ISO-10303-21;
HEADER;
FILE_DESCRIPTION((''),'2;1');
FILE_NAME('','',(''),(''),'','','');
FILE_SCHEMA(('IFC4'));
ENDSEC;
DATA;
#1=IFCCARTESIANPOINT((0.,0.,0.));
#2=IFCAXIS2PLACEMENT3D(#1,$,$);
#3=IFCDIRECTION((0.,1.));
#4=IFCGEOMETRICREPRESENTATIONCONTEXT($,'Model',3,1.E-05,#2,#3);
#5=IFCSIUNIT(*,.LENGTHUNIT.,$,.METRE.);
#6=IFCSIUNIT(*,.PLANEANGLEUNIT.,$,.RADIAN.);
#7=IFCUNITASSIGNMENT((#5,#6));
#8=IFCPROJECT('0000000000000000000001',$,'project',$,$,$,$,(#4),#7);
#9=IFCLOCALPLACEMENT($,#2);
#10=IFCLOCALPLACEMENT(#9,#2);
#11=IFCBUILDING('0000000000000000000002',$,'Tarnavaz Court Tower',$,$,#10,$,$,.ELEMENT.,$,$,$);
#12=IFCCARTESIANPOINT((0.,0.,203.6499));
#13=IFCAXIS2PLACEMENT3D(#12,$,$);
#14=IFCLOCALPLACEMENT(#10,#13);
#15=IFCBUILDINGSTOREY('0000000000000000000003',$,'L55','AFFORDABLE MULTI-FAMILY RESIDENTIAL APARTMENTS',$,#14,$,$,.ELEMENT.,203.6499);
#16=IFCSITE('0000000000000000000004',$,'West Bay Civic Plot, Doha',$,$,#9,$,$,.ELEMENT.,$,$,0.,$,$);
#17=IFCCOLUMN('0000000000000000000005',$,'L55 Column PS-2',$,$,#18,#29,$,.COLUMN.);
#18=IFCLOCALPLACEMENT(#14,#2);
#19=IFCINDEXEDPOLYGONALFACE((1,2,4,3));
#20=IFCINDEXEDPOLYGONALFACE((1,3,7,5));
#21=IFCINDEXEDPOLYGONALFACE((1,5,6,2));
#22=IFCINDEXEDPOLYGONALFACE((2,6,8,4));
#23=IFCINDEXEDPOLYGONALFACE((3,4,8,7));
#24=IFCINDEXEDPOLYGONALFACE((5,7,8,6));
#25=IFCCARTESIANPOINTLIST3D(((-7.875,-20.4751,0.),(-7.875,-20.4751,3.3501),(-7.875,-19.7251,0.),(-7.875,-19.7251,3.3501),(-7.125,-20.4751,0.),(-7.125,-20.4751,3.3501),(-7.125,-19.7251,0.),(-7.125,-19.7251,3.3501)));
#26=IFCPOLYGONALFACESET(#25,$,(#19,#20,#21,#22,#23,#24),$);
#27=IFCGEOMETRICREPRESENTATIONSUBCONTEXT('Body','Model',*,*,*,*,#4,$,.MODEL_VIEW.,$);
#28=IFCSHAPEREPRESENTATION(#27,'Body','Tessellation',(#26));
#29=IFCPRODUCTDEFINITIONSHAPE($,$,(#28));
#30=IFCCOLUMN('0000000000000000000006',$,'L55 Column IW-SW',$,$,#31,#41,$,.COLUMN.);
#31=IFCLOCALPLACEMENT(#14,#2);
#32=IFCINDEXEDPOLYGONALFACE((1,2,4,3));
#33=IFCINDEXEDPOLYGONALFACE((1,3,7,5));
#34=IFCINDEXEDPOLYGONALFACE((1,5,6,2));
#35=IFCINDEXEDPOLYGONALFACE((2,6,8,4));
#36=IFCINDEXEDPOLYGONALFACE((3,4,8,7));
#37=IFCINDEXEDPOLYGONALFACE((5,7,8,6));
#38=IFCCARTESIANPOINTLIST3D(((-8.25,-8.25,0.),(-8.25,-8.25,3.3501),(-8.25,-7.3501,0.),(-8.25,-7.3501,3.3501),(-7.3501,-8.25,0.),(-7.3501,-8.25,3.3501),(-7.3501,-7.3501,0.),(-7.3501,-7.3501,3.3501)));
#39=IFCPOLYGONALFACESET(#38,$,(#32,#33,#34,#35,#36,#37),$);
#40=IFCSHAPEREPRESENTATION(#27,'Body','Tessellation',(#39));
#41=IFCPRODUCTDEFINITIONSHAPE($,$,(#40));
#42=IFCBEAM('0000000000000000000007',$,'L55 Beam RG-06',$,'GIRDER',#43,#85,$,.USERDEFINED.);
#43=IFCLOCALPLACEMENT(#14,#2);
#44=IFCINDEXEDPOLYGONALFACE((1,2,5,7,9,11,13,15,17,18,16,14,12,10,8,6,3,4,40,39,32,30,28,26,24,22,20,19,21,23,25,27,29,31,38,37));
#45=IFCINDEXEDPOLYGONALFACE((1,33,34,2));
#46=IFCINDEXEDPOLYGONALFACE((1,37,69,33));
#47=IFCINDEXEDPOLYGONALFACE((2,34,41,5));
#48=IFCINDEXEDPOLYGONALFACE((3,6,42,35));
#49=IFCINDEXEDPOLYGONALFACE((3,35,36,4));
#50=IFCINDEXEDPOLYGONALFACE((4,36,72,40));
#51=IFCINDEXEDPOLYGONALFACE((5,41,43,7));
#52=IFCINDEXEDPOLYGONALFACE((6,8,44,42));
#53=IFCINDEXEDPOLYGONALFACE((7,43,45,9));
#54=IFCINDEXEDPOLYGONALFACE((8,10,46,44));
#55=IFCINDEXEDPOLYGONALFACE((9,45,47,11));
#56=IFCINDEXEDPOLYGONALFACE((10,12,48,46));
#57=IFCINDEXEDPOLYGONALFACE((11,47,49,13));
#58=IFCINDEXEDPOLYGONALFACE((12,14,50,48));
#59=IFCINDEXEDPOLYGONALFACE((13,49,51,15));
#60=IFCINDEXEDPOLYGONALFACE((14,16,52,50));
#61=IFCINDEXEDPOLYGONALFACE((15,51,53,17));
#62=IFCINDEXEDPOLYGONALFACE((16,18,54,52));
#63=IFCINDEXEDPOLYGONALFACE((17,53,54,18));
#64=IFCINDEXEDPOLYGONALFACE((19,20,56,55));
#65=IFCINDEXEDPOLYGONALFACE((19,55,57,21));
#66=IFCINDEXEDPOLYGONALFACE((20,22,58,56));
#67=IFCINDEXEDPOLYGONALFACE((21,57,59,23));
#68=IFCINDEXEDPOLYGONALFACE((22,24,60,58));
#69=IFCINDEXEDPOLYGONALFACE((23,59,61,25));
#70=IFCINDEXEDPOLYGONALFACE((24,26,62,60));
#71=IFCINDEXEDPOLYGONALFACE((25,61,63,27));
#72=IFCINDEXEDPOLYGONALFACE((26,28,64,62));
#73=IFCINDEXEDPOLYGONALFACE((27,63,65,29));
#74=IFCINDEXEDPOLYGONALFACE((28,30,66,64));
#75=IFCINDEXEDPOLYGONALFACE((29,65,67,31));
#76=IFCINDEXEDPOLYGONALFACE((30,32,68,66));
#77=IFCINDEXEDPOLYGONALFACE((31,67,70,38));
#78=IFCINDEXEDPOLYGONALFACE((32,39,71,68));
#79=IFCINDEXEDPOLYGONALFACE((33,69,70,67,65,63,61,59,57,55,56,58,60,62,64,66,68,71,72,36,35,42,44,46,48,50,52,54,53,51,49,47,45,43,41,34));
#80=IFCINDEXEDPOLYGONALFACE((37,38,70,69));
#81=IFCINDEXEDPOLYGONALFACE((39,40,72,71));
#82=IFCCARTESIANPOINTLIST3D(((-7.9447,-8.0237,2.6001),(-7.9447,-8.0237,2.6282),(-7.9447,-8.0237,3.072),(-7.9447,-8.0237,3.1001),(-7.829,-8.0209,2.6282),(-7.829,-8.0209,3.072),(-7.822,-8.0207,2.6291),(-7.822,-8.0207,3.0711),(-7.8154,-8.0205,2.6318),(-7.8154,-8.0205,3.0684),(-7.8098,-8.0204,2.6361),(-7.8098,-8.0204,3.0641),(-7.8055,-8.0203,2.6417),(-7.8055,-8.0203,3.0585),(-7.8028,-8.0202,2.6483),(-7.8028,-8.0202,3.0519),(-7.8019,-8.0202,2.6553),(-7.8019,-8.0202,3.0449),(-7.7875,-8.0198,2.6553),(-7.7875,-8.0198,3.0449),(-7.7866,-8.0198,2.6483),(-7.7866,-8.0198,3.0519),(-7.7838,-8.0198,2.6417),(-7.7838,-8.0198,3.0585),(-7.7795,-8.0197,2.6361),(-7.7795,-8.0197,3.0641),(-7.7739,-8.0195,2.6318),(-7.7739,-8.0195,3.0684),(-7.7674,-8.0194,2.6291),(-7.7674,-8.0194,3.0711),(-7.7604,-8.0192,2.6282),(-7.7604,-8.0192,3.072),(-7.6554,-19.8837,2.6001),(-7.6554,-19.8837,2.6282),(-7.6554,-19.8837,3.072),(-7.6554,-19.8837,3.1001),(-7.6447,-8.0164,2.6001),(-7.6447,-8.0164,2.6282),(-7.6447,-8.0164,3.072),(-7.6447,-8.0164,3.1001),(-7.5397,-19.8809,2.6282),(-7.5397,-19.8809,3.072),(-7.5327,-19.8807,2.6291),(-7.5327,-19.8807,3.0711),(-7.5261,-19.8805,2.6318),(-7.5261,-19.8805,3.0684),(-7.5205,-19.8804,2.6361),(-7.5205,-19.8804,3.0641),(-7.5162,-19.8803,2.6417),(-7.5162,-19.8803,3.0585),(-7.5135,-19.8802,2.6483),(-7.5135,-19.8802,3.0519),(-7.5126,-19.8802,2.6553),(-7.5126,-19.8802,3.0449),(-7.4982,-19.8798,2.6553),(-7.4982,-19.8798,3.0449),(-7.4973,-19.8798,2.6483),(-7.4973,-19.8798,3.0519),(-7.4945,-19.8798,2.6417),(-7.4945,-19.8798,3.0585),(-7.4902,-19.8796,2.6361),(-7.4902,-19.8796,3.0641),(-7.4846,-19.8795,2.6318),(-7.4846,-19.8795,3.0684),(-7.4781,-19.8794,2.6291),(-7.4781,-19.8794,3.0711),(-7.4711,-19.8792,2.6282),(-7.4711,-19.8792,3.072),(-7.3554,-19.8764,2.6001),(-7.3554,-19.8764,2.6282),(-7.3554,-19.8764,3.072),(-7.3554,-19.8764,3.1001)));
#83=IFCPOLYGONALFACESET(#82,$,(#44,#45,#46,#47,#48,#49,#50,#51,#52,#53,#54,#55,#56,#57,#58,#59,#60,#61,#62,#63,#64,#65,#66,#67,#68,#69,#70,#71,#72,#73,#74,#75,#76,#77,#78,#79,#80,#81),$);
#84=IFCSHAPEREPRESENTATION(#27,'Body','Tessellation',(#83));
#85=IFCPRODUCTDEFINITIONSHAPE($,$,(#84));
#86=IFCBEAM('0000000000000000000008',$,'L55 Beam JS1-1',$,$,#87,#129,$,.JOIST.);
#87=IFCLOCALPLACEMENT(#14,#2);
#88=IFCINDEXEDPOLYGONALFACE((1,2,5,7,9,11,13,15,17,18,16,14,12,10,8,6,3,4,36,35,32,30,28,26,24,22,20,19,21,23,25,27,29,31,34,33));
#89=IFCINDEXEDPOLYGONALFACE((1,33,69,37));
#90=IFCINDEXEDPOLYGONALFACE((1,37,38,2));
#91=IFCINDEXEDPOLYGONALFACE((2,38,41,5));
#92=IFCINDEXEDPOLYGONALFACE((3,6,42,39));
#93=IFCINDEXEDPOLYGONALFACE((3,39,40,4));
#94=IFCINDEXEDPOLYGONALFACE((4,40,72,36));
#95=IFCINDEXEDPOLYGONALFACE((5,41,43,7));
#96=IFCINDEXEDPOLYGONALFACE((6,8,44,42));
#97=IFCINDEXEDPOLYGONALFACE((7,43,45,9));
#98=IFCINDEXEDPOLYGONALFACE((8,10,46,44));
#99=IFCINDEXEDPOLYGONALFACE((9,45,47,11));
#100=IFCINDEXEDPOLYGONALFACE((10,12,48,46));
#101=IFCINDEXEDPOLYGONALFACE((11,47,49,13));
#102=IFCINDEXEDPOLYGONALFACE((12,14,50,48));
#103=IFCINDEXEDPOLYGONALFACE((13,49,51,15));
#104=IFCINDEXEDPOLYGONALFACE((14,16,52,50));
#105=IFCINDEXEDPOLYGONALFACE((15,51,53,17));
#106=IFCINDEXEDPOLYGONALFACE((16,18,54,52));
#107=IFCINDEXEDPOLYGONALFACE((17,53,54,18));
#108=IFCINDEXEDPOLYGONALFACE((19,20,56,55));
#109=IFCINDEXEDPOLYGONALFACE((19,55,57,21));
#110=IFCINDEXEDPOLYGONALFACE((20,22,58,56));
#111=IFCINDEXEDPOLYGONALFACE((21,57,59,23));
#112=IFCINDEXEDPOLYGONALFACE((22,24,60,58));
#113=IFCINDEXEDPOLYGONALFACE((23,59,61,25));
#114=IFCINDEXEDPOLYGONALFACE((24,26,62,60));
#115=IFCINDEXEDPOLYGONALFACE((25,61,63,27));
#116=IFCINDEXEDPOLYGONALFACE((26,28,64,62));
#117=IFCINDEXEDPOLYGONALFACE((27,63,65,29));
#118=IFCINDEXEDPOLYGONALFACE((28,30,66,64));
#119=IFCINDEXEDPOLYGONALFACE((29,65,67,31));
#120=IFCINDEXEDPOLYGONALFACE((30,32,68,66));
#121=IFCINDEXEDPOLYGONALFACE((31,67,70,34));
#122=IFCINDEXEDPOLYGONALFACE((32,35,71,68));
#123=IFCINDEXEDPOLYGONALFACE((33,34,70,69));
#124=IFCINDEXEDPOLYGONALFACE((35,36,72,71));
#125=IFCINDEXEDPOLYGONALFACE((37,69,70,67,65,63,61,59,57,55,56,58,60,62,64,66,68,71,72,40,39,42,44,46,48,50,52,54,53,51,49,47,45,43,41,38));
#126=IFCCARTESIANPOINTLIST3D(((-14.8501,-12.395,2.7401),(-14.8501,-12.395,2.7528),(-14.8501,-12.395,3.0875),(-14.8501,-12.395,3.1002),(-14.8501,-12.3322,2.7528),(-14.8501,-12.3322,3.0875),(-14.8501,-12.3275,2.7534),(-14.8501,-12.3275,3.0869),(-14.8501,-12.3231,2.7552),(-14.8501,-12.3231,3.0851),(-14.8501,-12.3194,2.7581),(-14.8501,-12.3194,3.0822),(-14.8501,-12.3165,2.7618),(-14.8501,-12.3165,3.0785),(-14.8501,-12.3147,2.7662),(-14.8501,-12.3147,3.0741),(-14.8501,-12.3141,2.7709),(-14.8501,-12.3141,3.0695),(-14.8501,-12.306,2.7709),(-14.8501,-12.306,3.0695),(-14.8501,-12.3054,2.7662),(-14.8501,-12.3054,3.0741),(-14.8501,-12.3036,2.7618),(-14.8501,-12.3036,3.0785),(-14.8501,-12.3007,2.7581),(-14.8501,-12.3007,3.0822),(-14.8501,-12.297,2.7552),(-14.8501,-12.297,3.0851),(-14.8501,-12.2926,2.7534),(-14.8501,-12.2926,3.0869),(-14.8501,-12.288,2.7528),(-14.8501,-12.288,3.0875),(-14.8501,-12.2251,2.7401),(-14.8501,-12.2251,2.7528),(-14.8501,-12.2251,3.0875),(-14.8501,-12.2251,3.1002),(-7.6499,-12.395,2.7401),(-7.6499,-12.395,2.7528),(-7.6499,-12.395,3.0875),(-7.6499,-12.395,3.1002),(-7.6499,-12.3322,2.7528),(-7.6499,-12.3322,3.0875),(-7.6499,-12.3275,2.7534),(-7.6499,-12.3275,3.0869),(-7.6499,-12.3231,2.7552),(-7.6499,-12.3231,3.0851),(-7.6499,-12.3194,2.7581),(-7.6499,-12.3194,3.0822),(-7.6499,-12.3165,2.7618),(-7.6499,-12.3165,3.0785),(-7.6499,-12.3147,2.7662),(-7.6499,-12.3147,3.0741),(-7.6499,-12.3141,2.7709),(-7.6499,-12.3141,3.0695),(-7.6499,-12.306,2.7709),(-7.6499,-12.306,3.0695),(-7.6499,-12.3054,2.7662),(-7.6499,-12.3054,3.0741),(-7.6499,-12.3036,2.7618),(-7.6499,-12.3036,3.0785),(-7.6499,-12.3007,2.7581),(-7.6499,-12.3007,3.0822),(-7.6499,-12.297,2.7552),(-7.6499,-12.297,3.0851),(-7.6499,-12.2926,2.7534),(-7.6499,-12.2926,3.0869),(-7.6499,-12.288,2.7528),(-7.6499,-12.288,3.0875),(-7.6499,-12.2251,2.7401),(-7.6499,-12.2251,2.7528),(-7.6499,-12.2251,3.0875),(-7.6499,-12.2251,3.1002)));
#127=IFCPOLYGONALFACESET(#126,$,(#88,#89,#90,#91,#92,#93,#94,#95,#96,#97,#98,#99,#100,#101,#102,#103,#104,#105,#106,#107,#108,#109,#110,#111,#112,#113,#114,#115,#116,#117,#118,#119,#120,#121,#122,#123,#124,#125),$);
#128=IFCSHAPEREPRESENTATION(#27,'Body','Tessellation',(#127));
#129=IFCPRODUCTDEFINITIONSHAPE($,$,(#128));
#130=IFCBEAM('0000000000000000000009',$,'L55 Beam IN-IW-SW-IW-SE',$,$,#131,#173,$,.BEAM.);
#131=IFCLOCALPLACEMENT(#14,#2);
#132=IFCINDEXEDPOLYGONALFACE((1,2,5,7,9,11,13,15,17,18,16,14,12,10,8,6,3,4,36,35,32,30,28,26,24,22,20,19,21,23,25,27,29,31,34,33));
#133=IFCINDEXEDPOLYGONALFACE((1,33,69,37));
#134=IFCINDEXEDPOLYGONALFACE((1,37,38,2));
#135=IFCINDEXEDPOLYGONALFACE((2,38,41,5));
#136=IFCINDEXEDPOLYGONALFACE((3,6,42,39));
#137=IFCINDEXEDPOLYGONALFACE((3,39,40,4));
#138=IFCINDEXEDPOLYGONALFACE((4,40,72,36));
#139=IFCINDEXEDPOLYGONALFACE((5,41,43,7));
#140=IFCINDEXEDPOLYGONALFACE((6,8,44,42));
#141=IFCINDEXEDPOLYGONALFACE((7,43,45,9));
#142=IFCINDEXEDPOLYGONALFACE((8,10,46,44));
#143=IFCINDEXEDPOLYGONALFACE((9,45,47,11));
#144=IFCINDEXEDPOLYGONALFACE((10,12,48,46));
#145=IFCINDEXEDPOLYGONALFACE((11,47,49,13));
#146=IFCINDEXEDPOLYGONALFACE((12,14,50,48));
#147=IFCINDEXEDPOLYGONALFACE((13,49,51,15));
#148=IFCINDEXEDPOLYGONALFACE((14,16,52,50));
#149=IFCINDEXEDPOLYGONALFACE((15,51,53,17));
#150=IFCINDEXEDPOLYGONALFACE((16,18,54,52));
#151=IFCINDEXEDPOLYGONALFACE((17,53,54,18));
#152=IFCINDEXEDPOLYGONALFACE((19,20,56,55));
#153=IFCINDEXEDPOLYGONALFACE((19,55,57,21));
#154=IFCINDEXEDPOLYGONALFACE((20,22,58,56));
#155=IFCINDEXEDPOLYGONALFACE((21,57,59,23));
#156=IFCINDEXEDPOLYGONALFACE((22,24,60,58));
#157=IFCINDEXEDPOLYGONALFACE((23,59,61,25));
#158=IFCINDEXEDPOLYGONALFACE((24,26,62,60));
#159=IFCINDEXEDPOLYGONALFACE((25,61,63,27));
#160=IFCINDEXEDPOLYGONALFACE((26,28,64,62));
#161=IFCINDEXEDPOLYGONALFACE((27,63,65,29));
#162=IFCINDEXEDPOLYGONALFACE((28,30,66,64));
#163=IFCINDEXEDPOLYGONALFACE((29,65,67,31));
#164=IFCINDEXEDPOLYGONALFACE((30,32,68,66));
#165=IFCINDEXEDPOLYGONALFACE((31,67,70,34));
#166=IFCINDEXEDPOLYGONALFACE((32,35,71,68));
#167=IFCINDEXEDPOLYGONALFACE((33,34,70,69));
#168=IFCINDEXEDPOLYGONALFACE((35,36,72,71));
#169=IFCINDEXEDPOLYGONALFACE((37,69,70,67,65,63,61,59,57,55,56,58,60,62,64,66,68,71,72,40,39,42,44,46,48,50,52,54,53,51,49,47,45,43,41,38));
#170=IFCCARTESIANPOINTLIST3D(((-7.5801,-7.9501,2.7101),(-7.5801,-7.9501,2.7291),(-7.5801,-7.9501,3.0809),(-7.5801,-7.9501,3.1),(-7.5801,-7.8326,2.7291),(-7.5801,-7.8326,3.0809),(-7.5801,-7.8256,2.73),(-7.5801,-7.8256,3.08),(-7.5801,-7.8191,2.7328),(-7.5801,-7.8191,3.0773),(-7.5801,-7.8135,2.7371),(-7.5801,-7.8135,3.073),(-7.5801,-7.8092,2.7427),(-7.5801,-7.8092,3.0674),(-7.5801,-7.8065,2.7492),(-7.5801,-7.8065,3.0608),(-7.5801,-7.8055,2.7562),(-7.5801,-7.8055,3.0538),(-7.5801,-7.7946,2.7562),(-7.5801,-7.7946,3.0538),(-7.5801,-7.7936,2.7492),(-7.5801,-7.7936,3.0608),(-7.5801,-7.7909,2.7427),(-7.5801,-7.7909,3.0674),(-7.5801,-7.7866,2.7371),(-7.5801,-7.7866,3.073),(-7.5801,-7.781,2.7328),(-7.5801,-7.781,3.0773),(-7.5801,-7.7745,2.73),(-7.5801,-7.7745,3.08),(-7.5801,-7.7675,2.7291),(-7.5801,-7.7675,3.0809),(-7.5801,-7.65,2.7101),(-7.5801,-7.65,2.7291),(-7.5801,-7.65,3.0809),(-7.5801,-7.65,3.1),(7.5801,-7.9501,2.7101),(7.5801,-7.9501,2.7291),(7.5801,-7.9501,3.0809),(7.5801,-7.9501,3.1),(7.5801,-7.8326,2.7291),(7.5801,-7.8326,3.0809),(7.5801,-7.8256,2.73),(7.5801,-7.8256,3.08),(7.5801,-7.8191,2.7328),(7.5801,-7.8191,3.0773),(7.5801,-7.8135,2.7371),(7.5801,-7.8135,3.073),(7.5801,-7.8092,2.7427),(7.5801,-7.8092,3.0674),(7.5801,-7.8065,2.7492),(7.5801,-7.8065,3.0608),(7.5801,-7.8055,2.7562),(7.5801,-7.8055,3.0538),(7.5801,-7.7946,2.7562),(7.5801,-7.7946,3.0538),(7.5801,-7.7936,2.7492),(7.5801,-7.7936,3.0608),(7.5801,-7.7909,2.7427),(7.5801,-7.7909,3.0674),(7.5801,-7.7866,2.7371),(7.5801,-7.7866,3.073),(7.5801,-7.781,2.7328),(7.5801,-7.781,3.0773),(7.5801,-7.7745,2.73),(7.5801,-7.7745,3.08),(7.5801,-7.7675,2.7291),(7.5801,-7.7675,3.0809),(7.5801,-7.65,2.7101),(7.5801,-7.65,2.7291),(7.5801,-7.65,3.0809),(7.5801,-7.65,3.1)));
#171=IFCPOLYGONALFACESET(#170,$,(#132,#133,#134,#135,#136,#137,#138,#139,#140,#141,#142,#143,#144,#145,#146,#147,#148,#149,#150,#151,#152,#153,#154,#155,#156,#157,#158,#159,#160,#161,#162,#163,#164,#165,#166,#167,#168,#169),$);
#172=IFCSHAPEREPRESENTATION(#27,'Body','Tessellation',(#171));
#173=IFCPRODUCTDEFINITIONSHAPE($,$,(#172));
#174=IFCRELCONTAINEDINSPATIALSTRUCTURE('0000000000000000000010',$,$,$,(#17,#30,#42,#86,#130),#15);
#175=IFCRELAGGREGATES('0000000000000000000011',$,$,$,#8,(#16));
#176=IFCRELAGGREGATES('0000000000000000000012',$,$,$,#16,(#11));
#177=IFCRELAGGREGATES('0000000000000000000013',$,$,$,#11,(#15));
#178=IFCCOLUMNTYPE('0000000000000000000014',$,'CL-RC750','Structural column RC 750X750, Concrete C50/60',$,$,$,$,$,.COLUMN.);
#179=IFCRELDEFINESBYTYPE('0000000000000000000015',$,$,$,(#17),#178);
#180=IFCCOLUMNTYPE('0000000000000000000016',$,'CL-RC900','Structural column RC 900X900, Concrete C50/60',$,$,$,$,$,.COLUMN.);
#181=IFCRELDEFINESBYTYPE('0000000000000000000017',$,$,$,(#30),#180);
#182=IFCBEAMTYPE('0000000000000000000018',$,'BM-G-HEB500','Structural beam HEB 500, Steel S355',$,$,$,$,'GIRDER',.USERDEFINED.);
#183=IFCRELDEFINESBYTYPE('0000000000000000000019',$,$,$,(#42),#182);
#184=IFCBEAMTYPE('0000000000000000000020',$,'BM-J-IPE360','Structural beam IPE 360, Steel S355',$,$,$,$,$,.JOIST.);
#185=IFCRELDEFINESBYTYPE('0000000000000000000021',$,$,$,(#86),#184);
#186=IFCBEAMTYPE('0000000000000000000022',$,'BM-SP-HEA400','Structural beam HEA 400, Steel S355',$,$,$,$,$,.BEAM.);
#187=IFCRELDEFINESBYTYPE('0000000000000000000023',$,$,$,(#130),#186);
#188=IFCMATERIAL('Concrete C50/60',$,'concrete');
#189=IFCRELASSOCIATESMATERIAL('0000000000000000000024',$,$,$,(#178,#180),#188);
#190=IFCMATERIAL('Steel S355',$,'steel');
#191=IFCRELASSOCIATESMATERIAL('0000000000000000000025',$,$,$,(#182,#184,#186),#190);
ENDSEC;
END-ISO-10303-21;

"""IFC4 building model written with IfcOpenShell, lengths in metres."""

from ifc_helpers import new_model, si_unit, direction, frame, origin, origin_2d, place, context, subcontext, project, spatial, rectangle, i_section, extrude, material, material_profile, profile_set, type_object, element, save


model = new_model("IFC4")

# Units and contexts
model_context = context("Model", 3, precision=1e-05, world=origin(), true_north=direction((0.0, 1.0)))
body_context = subcontext(model_context, "Body", "Model", "MODEL_VIEW")
ifc_project = project(units=[si_unit("LENGTHUNIT", "METRE"), si_unit("PLANEANGLEUNIT", "RADIAN")], contexts=[model_context])

# Site, building, storey
site_placement = place(None, origin())
site = spatial("IfcSite", under=ifc_project, at=site_placement, Name="West Bay Civic Plot, Doha", CompositionType="ELEMENT", RefElevation=0.0)
building_placement = place(site_placement, origin())
building = spatial("IfcBuilding", under=site, at=building_placement, Name="Tarnavaz Court Tower", CompositionType="ELEMENT")
storey_placement = place(building_placement, frame((0.0, 0.0, 203.6499)))
storey = spatial("IfcBuildingStorey", under=building, at=storey_placement, Name="L55", Description="AFFORDABLE MULTI-FAMILY RESIDENTIAL APARTMENTS", CompositionType="ELEMENT", Elevation=203.6499)

# Columns
ifc_material_1 = material(Name="Concrete C50/60", Category="concrete")
ifc_material_profile_1 = material_profile(ifc_material_1, rectangle(XDim=0.75, YDim=0.75, at=origin_2d()), Name="RC 750X750")
ifc_profile_set_1 = profile_set([ifc_material_profile_1], Name="Concrete C50/60")
column_type_1 = type_object("IfcColumnType", Name="CL-RC750", Description="Structural column RC 750X750, Concrete C50/60", PredefinedType="COLUMN", material=ifc_profile_set_1)
column_1_placement = place(storey_placement, frame((-7.5, -20.1001, 0.0), z_axis=(0.0, 0.0, 1.0), x_axis=(1.0, 0.0, 0.0)))
element("IfcColumn", 1, at=column_1_placement, inside=storey, type_object=column_type_1, Name="L55 Column PS-2", PredefinedType="COLUMN", context=body_context, shape_type="SweptSolid", body=[
    extrude(rectangle(XDim=0.75, YDim=0.75, at=origin_2d()), origin(), (0.0, 0.0, 1.0), 3.3501),
])
ifc_material_profile_2 = material_profile(ifc_material_1, rectangle(XDim=0.8999, YDim=0.8999, at=origin_2d()), Name="RC 900X900")
ifc_profile_set_2 = profile_set([ifc_material_profile_2], Name="Concrete C50/60")
column_type_2 = type_object("IfcColumnType", Name="CL-RC900", Description="Structural column RC 900X900, Concrete C50/60", PredefinedType="COLUMN", material=ifc_profile_set_2)
column_2_placement = place(storey_placement, frame((-7.8, -7.8, 0.0), z_axis=(0.0, 0.0, 1.0), x_axis=(1.0, 0.0, 0.0)))
element("IfcColumn", 2, at=column_2_placement, inside=storey, type_object=column_type_2, Name="L55 Column IW-SW", PredefinedType="COLUMN", context=body_context, shape_type="SweptSolid", body=[
    extrude(rectangle(XDim=0.8999, YDim=0.8999, at=origin_2d()), origin(), (0.0, 0.0, 1.0), 3.3501),
])

# Beams
ifc_material_2 = material(Name="Steel S355", Category="steel")
ifc_material_profile_3 = material_profile(ifc_material_2, i_section(OverallWidth=0.3, OverallDepth=0.5, WebThickness=0.0144, FlangeThickness=0.0281, FilletRadius=0.0271, at=origin_2d()), Name="HEB 500")
ifc_profile_set_3 = profile_set([ifc_material_profile_3], Name="Steel S355")
beam_type_1 = type_object("IfcBeamType", Name="BM-G-HEB500", Description="Structural beam HEB 500, Steel S355", ElementType="GIRDER", PredefinedType="USERDEFINED", material=ifc_profile_set_3)
beam_1_placement = place(storey_placement, frame((-7.7947, -8.02, 2.8501), z_axis=(0.024386, -0.999703, 0.0), x_axis=(0.999703, 0.024386, 0.0)))
element("IfcBeam", 3, at=beam_1_placement, inside=storey, type_object=beam_type_1, Name="L55 Beam RG-06", ObjectType="GIRDER", PredefinedType="USERDEFINED", context=body_context, shape_type="SweptSolid", body=[
    extrude(i_section(OverallWidth=0.3, OverallDepth=0.5, WebThickness=0.0144, FlangeThickness=0.0281, FilletRadius=0.0271, at=origin_2d()), origin(), (0.0, 0.0, 1.0), 11.8635),
])
ifc_material_profile_4 = material_profile(ifc_material_2, i_section(OverallWidth=0.1699, OverallDepth=0.3601, WebThickness=0.0081, FlangeThickness=0.0127, FilletRadius=0.0181, at=origin_2d()), Name="IPE 360")
ifc_profile_set_4 = profile_set([ifc_material_profile_4], Name="Steel S355")
beam_type_2 = type_object("IfcBeamType", Name="BM-J-IPE360", Description="Structural beam IPE 360, Steel S355", PredefinedType="JOIST", material=ifc_profile_set_4)
beam_2_placement = place(storey_placement, frame((-14.8501, -12.3101, 2.9202), z_axis=(1.0, 0.0, 0.0), x_axis=(0.0, 1.0, 0.0)))
element("IfcBeam", 4, at=beam_2_placement, inside=storey, type_object=beam_type_2, Name="L55 Beam JS1-1", PredefinedType="JOIST", context=body_context, shape_type="SweptSolid", body=[
    extrude(i_section(OverallWidth=0.1699, OverallDepth=0.3601, WebThickness=0.0081, FlangeThickness=0.0127, FilletRadius=0.0181, at=origin_2d()), origin(), (0.0, 0.0, 1.0), 7.2002),
])
ifc_material_profile_5 = material_profile(ifc_material_2, i_section(OverallWidth=0.3, OverallDepth=0.3899, WebThickness=0.011, FlangeThickness=0.019, FilletRadius=0.0271, at=origin_2d()), Name="HEA 400")
ifc_profile_set_5 = profile_set([ifc_material_profile_5], Name="Steel S355")
beam_type_3 = type_object("IfcBeamType", Name="BM-SP-HEA400", Description="Structural beam HEA 400, Steel S355", PredefinedType="BEAM", material=ifc_profile_set_5)
for number, where, z_axis, x_axis, name in (
    (5, (-7.5801, -7.8, 2.905), (1.0, 0.0, 0.0), (0.0, 1.0, 0.0), "L55 Beam IN-IW-SW-IW-SE"),
):
    element("IfcBeam", number, at=place(storey_placement, frame(where, z_axis=z_axis, x_axis=x_axis)), inside=storey, type_object=beam_type_3, Name=name, PredefinedType="BEAM", context=body_context, shape_type="SweptSolid", body=[
        extrude(i_section(OverallWidth=0.3, OverallDepth=0.3899, WebThickness=0.011, FlangeThickness=0.019, FilletRadius=0.0271, at=origin_2d()), origin(), (0.0, 0.0, 1.0), 15.1602),
    ])

save(model, "model.ifc")
